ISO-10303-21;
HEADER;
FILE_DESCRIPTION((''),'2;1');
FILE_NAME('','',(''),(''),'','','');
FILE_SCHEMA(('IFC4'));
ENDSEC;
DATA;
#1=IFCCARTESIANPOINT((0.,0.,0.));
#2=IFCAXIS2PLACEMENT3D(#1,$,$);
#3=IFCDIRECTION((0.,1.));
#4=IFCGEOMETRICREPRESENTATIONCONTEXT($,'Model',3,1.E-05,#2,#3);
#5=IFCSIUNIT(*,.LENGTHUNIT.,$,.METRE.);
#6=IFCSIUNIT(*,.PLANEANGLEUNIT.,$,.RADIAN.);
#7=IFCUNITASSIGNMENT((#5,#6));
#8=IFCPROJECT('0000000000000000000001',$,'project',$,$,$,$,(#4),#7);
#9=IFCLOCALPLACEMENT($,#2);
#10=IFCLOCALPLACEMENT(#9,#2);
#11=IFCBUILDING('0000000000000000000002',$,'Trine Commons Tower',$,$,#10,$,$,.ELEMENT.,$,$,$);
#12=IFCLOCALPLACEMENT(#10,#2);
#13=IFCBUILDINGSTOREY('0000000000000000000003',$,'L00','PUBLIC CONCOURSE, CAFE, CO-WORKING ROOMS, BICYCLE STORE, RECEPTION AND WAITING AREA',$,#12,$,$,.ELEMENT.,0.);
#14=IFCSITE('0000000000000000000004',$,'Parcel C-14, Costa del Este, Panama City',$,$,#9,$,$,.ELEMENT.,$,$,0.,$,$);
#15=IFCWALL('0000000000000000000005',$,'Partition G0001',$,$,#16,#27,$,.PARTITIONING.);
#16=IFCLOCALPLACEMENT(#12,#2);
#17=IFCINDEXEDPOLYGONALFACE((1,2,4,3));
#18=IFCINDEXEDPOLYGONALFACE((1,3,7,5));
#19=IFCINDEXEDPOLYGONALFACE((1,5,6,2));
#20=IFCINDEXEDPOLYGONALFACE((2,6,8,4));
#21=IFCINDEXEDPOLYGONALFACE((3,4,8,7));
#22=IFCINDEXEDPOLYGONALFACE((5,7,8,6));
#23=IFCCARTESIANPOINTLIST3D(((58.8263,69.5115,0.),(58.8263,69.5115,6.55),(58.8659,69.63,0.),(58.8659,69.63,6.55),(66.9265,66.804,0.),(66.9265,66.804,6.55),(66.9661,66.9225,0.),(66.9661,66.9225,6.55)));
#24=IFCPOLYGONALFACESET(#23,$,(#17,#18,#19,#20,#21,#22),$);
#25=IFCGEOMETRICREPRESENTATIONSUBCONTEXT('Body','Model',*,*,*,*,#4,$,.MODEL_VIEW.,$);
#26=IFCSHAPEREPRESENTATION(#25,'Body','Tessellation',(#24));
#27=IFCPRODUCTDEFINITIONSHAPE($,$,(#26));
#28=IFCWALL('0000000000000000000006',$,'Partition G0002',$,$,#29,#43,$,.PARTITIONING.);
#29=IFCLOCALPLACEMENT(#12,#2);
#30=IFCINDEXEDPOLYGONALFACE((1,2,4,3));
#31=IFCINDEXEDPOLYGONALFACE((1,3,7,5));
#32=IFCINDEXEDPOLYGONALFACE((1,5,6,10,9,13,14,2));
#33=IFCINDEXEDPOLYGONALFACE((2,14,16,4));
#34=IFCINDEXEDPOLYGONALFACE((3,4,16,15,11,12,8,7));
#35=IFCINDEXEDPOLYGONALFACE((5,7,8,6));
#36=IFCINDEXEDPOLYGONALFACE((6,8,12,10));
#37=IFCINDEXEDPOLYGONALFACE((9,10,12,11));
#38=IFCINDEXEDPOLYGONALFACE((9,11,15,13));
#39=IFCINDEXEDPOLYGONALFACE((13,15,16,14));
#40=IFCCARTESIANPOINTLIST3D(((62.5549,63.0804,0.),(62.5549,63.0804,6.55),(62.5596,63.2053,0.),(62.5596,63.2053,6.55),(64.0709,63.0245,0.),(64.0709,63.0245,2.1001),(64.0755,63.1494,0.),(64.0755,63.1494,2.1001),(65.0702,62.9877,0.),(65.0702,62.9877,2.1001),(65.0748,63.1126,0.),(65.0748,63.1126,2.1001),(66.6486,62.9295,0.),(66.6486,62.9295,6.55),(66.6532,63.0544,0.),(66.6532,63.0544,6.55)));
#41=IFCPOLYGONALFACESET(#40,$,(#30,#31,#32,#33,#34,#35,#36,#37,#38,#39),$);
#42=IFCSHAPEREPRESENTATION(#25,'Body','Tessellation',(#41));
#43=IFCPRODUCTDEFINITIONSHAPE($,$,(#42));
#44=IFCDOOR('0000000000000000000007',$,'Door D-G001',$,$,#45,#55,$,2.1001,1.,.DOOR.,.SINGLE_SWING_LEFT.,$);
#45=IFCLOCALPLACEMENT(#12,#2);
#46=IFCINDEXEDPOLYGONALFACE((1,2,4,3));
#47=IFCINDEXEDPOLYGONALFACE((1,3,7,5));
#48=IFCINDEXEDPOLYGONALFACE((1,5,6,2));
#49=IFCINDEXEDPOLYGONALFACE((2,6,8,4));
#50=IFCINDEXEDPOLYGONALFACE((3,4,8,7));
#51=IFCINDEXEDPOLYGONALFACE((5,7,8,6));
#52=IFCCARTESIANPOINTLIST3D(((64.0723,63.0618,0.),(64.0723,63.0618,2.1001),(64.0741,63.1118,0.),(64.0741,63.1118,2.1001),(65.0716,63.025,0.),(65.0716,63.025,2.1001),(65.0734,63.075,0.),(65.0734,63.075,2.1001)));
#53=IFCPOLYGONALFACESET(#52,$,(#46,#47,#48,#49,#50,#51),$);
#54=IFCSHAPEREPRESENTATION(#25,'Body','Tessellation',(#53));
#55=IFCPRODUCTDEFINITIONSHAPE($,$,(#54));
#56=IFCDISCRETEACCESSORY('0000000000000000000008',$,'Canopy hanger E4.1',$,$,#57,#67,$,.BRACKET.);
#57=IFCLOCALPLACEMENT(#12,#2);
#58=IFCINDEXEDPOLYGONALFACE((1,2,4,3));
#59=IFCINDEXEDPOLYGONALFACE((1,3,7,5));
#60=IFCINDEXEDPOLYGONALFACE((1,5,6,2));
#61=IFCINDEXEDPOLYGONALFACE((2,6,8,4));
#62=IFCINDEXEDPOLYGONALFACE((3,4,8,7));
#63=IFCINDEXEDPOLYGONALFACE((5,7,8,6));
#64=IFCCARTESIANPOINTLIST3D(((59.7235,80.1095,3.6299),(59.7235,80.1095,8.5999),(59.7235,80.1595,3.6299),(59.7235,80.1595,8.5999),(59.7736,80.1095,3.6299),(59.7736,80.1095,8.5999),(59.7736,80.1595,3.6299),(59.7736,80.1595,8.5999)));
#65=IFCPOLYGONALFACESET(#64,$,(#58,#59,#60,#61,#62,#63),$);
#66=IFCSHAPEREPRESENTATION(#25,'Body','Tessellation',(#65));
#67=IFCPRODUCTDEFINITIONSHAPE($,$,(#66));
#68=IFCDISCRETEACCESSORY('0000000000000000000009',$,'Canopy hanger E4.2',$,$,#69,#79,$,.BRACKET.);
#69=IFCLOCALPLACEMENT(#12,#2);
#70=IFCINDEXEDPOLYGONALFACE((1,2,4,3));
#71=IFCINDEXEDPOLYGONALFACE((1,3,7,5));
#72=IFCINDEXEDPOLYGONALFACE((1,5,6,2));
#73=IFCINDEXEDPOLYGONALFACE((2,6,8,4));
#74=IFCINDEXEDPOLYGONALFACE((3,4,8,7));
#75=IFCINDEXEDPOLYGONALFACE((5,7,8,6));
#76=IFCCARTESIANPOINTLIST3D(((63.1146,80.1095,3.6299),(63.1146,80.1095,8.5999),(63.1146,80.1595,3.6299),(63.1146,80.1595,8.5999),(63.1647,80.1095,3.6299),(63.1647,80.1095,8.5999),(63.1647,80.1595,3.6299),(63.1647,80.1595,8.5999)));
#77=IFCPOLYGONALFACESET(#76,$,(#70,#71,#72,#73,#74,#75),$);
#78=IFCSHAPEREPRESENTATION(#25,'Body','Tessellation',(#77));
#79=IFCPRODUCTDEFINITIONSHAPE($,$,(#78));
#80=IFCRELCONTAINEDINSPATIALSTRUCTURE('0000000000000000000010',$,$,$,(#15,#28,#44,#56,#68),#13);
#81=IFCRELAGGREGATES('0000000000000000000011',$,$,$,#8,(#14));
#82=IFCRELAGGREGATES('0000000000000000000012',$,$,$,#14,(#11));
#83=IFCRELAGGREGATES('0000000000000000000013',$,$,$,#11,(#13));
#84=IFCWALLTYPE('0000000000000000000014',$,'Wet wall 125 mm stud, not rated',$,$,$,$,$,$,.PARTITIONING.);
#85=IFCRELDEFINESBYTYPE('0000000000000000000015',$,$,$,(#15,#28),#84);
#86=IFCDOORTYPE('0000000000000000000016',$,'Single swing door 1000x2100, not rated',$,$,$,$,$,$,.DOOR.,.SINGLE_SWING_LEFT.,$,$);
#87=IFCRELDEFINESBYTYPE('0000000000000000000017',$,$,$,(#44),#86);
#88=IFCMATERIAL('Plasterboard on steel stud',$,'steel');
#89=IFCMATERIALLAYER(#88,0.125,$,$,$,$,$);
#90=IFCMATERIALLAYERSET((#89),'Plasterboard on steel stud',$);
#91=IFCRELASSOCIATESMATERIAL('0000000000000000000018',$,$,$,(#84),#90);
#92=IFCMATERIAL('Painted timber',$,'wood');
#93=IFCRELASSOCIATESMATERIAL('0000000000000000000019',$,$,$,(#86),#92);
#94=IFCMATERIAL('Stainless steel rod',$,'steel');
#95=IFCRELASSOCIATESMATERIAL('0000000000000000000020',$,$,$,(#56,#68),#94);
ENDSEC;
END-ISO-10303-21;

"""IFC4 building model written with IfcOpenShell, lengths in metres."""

from ifc_helpers import new_model, si_unit, direction, frame, frame_2d, origin, origin_2d, place, context, subcontext, project, spatial, rectangle, extrude, material, layer, layer_set, type_object, element, fill, save


model = new_model("IFC4")

# Units and contexts
model_context = context("Model", 3, precision=1e-05, world=origin(), true_north=direction((0.0, 1.0)))
body_context = subcontext(model_context, "Body", "Model", "MODEL_VIEW")
ifc_project = project(units=[si_unit("LENGTHUNIT", "METRE"), si_unit("PLANEANGLEUNIT", "RADIAN")], contexts=[model_context])

# Site, building, storey
site_placement = place(None, origin())
site = spatial("IfcSite", under=ifc_project, at=site_placement, Name="Parcel C-14, Costa del Este, Panama City", CompositionType="ELEMENT", RefElevation=0.0)
building_placement = place(site_placement, origin())
building = spatial("IfcBuilding", under=site, at=building_placement, Name="Trine Commons Tower", CompositionType="ELEMENT")
storey_placement = place(building_placement, origin())
storey = spatial("IfcBuildingStorey", under=building, at=storey_placement, Name="L00", Description="PUBLIC CONCOURSE, CAFE, CO-WORKING ROOMS, BICYCLE STORE, RECEPTION AND WAITING AREA", CompositionType="ELEMENT", Elevation=0.0)

# Shared definitions
ifc_material_1 = material(Name="Painted timber", Category="wood")

# Wall
ifc_material_2 = material(Name="Plasterboard on steel stud", Category="steel")
ifc_layer_1 = layer(ifc_material_2, 0.125)
ifc_layer_set_1 = layer_set([ifc_layer_1], Name="Plasterboard on steel stud")
wall_type_1 = type_object("IfcWallType", Name="Wet wall 125 mm stud, not rated", PredefinedType="PARTITIONING", material=ifc_layer_set_1)
wall_1_placement = place(storey_placement, frame((58.8459, 69.5708, 0.0), z_axis=(0.0, 0.0, 1.0), x_axis=(0.948423, -0.317008, 0.0)))
element("IfcWall", 1, at=wall_1_placement, inside=storey, type_object=wall_type_1, Name="Partition G0001", PredefinedType="PARTITIONING", context=body_context, shape_type="SweptSolid", body=[
    extrude(rectangle(XDim=8.5408, YDim=0.125, at=frame_2d((4.2705, 0.0))), origin(), (0.0, 0.0, 1.0), 6.55),
])

# Wall, opening, door
wall_2_placement = place(storey_placement, frame((62.5571, 63.1428, 0.0), z_axis=(0.0, 0.0, 1.0), x_axis=(0.999322, -0.036831, 0.0)))
wall_2 = element("IfcWall", 2, at=wall_2_placement, inside=storey, type_object=wall_type_1, Name="Partition G0002", PredefinedType="PARTITIONING", context=body_context, shape_type="SweptSolid", body=[
    extrude(rectangle(XDim=4.0964, YDim=0.125, at=frame_2d((2.0483, 0.0))), origin(), (0.0, 0.0, 1.0), 6.55),
])
opening_1_placement = place(wall_2_placement, frame((1.5171, 0.0, 0.0)))
opening_1 = element("IfcOpeningElement", 3, at=opening_1_placement, cuts=wall_2, PredefinedType="OPENING", context=body_context, shape_type="SweptSolid", body=[
    extrude(rectangle(XDim=1.0, YDim=2.1001, at=frame_2d((0.5, 1.05))), frame((0.0, 0.0725, 0.0), z_axis=(0.0, -1.0, 0.0), x_axis=(1.0, 0.0, 0.0)), (0.0, 0.0, 1.0), 0.145),
])
door_type_1 = type_object("IfcDoorType", Name="Single swing door 1000x2100, not rated", OperationType="SINGLE_SWING_LEFT", PredefinedType="DOOR", material=ifc_material_1)
door_1_placement = place(opening_1_placement, origin())
door_1 = element("IfcDoor", 4, at=door_1_placement, inside=storey, type_object=door_type_1, Name="Door D-G001", OperationType="SINGLE_SWING_LEFT", OverallHeight=2.1001, OverallWidth=1.0, PredefinedType="DOOR", context=body_context, shape_type="SweptSolid", body=[
    extrude(rectangle(XDim=1.0, YDim=2.1001, at=frame_2d((0.5, 1.05))), frame((0.0, 0.0249, 0.0), z_axis=(0.0, -1.0, 0.0), x_axis=(1.0, 0.0, 0.0)), (0.0, 0.0, 1.0), 0.05),
])
fill(opening_1, door_1)

# Discrete accessories
ifc_material_3 = material(Name="Stainless steel rod", Category="steel")
for number, where, z_axis, x_axis, name in (
    (5, (59.7485, 80.1345, 3.6299), (0.0, 0.0, 1.0), (1.0, 0.0, 0.0), "Canopy hanger E4.1"),
    (6, (63.1396, 80.1345, 3.6299), (0.0, 0.0, 1.0), (1.0, 0.0, 0.0), "Canopy hanger E4.2"),
):
    element("IfcDiscreteAccessory", number, at=place(storey_placement, frame(where, z_axis=z_axis, x_axis=x_axis)), inside=storey, material=ifc_material_3, Name=name, PredefinedType="BRACKET", context=body_context, shape_type="SweptSolid", body=[
        extrude(rectangle(XDim=0.05, YDim=0.05, at=origin_2d()), origin(), (0.0, 0.0, 1.0), 4.97),
    ])

save(model, "model.ifc")
